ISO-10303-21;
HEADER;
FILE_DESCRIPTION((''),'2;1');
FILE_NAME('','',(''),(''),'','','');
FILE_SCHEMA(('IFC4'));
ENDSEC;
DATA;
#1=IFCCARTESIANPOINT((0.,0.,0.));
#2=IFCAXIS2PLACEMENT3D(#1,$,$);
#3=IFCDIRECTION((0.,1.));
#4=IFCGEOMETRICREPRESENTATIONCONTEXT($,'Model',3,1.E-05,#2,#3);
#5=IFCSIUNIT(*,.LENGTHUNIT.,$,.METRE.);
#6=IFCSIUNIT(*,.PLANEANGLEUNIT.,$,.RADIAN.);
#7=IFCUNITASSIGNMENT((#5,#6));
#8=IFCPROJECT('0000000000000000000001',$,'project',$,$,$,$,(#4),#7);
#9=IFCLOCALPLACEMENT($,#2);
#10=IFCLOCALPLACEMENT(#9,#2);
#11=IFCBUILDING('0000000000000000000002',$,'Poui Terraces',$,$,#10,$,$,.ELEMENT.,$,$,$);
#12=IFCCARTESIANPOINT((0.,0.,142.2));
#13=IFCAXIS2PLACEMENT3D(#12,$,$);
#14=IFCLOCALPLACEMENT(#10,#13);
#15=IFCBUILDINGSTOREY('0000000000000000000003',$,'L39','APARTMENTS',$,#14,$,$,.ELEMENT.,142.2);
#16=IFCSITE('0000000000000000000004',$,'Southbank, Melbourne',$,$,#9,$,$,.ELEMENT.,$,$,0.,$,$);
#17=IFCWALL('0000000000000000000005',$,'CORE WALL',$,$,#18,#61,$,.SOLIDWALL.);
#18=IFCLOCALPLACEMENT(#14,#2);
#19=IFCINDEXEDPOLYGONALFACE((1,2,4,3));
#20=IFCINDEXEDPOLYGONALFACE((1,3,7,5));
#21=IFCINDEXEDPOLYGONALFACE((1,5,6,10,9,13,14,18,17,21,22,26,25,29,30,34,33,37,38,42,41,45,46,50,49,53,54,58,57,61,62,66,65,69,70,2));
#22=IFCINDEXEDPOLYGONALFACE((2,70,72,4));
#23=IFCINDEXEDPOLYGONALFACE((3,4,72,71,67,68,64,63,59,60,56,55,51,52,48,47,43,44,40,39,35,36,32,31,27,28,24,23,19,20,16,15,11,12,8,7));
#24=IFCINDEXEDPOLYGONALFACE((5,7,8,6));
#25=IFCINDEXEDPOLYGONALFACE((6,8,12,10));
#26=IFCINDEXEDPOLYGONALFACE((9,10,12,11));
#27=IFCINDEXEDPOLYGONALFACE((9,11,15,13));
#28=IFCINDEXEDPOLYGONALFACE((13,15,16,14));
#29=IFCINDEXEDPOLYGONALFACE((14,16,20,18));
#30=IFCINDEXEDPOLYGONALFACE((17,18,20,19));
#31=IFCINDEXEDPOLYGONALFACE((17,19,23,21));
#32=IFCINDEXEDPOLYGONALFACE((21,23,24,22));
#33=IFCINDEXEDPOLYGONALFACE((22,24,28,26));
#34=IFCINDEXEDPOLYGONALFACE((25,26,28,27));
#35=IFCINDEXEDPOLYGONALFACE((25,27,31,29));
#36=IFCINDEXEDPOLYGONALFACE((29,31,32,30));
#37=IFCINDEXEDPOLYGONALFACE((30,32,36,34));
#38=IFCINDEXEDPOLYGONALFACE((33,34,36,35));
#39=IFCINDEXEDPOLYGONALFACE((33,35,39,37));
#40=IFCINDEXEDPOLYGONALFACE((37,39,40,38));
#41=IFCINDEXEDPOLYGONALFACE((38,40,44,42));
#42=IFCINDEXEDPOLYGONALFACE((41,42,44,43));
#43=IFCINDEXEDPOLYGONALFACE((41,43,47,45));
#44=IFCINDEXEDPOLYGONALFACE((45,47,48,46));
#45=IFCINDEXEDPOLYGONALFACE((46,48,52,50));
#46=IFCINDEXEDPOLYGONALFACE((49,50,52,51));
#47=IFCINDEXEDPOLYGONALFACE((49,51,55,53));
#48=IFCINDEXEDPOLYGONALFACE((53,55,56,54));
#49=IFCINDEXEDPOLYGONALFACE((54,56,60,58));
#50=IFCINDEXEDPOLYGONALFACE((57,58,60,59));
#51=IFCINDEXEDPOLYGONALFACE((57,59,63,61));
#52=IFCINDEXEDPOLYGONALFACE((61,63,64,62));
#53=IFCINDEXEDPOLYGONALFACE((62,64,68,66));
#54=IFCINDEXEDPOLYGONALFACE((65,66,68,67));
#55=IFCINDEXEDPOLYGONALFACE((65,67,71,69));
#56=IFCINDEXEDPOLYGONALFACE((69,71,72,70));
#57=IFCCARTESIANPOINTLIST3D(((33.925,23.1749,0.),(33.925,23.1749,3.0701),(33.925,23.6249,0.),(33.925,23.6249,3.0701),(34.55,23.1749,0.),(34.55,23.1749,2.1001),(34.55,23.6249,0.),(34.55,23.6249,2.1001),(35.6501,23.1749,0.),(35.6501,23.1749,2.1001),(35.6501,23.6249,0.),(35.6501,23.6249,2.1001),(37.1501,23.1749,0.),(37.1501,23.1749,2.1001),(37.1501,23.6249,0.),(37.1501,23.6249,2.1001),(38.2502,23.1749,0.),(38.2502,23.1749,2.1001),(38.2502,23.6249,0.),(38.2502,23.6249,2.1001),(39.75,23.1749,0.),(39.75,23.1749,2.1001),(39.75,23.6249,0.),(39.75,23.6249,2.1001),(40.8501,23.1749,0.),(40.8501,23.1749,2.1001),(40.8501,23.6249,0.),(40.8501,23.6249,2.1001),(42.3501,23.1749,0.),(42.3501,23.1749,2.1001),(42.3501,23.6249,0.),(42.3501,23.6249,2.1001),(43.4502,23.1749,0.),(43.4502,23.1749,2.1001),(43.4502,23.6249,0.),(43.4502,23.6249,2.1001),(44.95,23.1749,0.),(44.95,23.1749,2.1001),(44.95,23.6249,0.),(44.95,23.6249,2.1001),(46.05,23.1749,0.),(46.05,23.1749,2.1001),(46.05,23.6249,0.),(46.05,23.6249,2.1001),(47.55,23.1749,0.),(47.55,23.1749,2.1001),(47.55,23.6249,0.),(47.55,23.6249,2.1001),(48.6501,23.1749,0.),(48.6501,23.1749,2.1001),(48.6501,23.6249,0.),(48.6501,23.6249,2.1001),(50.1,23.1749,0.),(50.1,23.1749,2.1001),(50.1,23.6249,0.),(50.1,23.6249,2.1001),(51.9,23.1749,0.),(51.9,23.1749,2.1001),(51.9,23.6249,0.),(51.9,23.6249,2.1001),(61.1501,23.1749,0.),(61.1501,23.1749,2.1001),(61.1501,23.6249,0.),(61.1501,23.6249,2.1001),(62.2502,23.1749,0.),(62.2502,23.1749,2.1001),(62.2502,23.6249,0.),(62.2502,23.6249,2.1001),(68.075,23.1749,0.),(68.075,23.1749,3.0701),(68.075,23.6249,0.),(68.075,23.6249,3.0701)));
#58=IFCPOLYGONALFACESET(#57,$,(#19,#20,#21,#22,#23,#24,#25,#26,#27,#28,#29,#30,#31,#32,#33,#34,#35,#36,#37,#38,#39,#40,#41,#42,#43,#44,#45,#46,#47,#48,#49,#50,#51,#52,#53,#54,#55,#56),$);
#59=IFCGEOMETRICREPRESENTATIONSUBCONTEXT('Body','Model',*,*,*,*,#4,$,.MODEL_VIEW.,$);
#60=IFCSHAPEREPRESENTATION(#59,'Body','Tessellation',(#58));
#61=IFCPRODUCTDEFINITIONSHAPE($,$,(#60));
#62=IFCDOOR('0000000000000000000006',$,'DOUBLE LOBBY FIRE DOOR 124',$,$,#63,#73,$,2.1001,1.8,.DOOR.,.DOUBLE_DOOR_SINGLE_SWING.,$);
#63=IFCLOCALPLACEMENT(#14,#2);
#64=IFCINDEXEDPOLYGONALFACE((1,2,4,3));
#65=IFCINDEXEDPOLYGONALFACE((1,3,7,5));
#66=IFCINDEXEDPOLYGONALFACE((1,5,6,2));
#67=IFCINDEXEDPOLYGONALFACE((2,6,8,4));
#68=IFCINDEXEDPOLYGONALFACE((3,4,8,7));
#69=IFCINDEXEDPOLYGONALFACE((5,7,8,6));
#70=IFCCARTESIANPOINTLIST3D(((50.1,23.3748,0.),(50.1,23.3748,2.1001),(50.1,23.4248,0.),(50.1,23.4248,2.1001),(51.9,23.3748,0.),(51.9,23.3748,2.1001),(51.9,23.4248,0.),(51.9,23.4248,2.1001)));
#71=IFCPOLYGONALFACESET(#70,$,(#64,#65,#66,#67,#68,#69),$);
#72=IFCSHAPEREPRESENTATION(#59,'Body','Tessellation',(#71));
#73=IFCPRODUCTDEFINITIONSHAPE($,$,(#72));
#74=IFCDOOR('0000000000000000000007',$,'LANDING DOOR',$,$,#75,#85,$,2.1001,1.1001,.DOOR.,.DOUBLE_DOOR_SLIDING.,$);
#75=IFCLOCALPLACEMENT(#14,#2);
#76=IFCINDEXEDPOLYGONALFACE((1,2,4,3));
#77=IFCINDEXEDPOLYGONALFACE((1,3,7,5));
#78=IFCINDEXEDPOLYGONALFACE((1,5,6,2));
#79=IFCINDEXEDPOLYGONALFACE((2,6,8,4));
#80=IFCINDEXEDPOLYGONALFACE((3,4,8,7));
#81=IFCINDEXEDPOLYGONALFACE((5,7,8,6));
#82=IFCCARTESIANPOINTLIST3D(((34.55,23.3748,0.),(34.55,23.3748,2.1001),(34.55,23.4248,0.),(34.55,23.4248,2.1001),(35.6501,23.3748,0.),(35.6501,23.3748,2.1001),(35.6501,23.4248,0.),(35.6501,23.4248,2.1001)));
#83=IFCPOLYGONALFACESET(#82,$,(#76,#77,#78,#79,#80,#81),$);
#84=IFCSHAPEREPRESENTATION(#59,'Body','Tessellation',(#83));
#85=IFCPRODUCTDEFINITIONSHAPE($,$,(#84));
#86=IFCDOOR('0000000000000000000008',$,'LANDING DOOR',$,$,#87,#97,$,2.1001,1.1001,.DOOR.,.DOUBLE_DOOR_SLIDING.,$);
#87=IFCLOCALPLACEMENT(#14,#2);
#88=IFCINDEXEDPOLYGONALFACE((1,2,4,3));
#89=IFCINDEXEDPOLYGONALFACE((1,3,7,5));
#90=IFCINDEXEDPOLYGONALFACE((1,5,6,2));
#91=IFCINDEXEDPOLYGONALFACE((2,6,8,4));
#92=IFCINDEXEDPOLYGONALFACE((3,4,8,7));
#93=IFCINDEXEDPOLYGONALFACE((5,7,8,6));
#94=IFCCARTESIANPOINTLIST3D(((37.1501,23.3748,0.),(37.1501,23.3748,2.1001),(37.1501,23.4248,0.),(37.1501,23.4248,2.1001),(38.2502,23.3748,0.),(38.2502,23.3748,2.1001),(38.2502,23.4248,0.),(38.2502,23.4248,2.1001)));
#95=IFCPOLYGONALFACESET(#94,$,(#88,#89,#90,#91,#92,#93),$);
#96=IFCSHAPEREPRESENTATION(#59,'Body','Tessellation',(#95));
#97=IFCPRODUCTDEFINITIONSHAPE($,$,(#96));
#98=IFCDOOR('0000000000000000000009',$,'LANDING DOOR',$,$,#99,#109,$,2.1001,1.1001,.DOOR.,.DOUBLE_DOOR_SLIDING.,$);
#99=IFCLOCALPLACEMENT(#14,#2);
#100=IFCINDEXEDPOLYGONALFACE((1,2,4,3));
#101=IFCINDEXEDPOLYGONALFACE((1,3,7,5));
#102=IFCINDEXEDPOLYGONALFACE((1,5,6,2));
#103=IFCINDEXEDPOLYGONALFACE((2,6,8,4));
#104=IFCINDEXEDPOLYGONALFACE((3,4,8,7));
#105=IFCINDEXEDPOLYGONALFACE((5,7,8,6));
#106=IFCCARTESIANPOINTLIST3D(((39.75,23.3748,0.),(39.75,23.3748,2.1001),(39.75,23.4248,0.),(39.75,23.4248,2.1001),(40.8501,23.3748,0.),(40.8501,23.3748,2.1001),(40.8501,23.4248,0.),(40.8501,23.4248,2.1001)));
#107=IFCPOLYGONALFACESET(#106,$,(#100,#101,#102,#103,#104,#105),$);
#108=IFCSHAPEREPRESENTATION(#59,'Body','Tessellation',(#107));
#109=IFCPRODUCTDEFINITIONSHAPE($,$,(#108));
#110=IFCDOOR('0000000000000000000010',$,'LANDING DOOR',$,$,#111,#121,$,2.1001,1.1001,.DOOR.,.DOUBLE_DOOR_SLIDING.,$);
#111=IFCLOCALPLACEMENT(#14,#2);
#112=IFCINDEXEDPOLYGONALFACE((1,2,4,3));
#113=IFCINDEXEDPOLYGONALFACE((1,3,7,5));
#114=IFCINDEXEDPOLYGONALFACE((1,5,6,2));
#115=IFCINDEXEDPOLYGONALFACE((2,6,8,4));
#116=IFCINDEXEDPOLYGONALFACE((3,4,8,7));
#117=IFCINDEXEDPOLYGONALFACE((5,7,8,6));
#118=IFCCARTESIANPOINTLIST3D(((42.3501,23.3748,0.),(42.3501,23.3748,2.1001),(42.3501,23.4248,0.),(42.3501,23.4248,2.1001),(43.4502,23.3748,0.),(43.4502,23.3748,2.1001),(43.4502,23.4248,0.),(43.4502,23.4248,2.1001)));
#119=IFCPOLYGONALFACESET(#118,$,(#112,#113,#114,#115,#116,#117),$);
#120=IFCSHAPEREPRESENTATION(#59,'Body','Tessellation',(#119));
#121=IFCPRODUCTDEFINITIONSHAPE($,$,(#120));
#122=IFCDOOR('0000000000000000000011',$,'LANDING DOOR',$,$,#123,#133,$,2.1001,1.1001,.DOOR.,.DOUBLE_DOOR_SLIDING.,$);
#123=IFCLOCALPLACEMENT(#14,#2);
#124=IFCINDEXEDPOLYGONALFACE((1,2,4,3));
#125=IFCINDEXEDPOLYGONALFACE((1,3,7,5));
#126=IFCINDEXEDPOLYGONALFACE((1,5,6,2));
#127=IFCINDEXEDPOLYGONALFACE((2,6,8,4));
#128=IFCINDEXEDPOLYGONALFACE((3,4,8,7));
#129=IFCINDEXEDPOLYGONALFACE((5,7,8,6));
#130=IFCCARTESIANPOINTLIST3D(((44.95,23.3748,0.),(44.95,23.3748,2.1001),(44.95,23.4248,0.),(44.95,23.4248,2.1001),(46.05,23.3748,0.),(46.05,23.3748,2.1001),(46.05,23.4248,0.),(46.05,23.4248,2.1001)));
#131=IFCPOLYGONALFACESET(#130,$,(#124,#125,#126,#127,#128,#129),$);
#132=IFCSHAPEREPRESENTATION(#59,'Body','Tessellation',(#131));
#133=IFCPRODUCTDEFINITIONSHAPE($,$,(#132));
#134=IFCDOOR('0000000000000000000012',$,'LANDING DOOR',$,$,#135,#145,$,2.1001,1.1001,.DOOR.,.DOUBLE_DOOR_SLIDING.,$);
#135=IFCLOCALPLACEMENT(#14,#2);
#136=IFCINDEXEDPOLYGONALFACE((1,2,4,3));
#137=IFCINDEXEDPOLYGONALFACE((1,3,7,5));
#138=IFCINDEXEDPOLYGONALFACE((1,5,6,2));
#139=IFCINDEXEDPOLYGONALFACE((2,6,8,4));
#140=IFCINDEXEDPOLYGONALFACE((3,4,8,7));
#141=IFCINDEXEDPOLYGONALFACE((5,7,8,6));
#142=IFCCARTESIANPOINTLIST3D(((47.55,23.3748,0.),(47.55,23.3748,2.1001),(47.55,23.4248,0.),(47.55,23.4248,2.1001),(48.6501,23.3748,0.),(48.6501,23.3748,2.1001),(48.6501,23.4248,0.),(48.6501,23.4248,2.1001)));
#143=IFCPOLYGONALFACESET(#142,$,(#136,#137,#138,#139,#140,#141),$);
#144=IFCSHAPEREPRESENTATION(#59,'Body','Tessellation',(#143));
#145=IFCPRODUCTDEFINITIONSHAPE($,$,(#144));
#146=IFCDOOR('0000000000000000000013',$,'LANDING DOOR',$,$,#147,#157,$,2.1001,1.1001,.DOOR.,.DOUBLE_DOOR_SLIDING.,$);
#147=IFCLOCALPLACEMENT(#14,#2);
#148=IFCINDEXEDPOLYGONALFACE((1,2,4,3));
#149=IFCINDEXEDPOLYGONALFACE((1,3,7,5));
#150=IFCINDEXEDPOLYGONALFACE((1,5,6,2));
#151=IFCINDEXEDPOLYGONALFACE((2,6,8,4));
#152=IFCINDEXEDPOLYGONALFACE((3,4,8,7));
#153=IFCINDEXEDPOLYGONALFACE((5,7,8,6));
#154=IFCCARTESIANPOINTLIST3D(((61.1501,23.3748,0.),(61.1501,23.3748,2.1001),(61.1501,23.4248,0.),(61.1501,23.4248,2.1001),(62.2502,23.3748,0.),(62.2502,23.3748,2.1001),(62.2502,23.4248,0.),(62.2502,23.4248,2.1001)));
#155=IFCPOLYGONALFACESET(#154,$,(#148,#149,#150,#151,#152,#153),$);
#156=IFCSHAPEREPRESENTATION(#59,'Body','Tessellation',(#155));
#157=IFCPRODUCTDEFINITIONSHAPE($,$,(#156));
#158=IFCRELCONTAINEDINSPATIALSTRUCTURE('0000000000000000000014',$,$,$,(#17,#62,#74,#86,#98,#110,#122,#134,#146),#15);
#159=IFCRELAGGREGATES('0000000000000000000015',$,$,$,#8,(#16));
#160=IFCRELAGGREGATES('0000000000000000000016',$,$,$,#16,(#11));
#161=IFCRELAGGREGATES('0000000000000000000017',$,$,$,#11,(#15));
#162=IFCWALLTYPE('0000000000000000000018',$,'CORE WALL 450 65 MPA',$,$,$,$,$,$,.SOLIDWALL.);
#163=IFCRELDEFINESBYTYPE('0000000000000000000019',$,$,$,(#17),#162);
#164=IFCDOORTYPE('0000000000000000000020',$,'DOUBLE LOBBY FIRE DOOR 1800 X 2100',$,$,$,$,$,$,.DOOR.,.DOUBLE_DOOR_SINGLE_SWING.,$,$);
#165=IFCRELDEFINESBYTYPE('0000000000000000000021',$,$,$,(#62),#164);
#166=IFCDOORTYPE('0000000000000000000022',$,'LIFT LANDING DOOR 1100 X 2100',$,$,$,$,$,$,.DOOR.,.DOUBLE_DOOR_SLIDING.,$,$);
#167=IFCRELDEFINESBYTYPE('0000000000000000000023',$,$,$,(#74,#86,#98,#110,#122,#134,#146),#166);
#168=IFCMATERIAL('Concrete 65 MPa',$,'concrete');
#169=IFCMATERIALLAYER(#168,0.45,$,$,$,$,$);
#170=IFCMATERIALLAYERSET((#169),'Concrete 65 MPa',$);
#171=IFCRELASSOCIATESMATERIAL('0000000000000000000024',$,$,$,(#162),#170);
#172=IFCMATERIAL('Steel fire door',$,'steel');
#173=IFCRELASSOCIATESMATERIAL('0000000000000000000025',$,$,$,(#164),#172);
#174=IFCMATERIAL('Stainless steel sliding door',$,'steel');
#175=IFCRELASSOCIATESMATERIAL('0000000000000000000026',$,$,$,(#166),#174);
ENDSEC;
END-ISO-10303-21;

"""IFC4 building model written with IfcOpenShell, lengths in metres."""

from ifc_helpers import new_model, si_unit, direction, frame, frame_2d, origin, place, context, subcontext, project, spatial, rectangle, extrude, material, layer, layer_set, type_object, element, fill, save


model = new_model("IFC4")

# Units and contexts
model_context = context("Model", 3, precision=1e-05, world=origin(), true_north=direction((0.0, 1.0)))
body_context = subcontext(model_context, "Body", "Model", "MODEL_VIEW")
ifc_project = project(units=[si_unit("LENGTHUNIT", "METRE"), si_unit("PLANEANGLEUNIT", "RADIAN")], contexts=[model_context])

# Site, building, storey
site_placement = place(None, origin())
site = spatial("IfcSite", under=ifc_project, at=site_placement, Name="Southbank, Melbourne", CompositionType="ELEMENT", RefElevation=0.0)
building_placement = place(site_placement, origin())
building = spatial("IfcBuilding", under=site, at=building_placement, Name="Poui Terraces", CompositionType="ELEMENT")
storey_placement = place(building_placement, frame((0.0, 0.0, 142.2)))
storey = spatial("IfcBuildingStorey", under=building, at=storey_placement, Name="L39", Description="APARTMENTS", CompositionType="ELEMENT", Elevation=142.2)

# Shared definitions
ifc_material_1 = material(Name="Concrete 65 MPa", Category="concrete")

# Wall, openings, doors
ifc_layer_1 = layer(ifc_material_1, 0.45)
ifc_layer_set_1 = layer_set([ifc_layer_1], Name="Concrete 65 MPa")
wall_type_1 = type_object("IfcWallType", Name="CORE WALL 450 65 MPA", PredefinedType="SOLIDWALL", material=ifc_layer_set_1)
wall_1_placement = place(storey_placement, frame((33.925, 23.3999, 0.0), z_axis=(0.0, 0.0, 1.0), x_axis=(1.0, 0.0, 0.0)))
wall_1 = element("IfcWall", 1, at=wall_1_placement, inside=storey, type_object=wall_type_1, Name="CORE WALL", PredefinedType="SOLIDWALL", context=body_context, shape_type="SweptSolid", body=[
    extrude(rectangle(XDim=34.1499, YDim=0.45, at=frame_2d((17.075, 0.0))), origin(), (0.0, 0.0, 1.0), 3.0701),
])
opening_1_placement = place(wall_1_placement, frame((16.175, 0.0, 0.0)))
opening_1 = element("IfcOpeningElement", 2, at=opening_1_placement, cuts=wall_1, PredefinedType="OPENING", context=body_context, shape_type="SweptSolid", body=[
    extrude(rectangle(XDim=1.8, YDim=2.1001, at=frame_2d((0.8999, 1.05))), frame((0.0, 0.2349, 0.0), z_axis=(0.0, -1.0, 0.0), x_axis=(1.0, 0.0, 0.0)), (0.0, 0.0, 1.0), 0.47),
])
opening_2_placement = place(wall_1_placement, frame((0.625, 0.0, 0.0)))
opening_2 = element("IfcOpeningElement", 3, at=opening_2_placement, cuts=wall_1, PredefinedType="OPENING", context=body_context, shape_type="SweptSolid", body=[
    extrude(rectangle(XDim=1.1001, YDim=2.1001, at=frame_2d((0.55, 1.05))), frame((0.0, 0.2349, 0.0), z_axis=(0.0, -1.0, 0.0), x_axis=(1.0, 0.0, 0.0)), (0.0, 0.0, 1.0), 0.47),
])
opening_3_placement = place(wall_1_placement, frame((3.2251, 0.0, 0.0)))
opening_3 = element("IfcOpeningElement", 4, at=opening_3_placement, cuts=wall_1, PredefinedType="OPENING", context=body_context, shape_type="SweptSolid", body=[
    extrude(rectangle(XDim=1.1001, YDim=2.1001, at=frame_2d((0.55, 1.05))), frame((0.0, 0.2349, 0.0), z_axis=(0.0, -1.0, 0.0), x_axis=(1.0, 0.0, 0.0)), (0.0, 0.0, 1.0), 0.47),
])
opening_4_placement = place(wall_1_placement, frame((5.825, 0.0, 0.0)))
opening_4 = element("IfcOpeningElement", 5, at=opening_4_placement, cuts=wall_1, PredefinedType="OPENING", context=body_context, shape_type="SweptSolid", body=[
    extrude(rectangle(XDim=1.1001, YDim=2.1001, at=frame_2d((0.55, 1.05))), frame((0.0, 0.2349, 0.0), z_axis=(0.0, -1.0, 0.0), x_axis=(1.0, 0.0, 0.0)), (0.0, 0.0, 1.0), 0.47),
])
opening_5_placement = place(wall_1_placement, frame((8.425, 0.0, 0.0)))
opening_5 = element("IfcOpeningElement", 6, at=opening_5_placement, cuts=wall_1, PredefinedType="OPENING", context=body_context, shape_type="SweptSolid", body=[
    extrude(rectangle(XDim=1.1001, YDim=2.1001, at=frame_2d((0.55, 1.05))), frame((0.0, 0.2349, 0.0), z_axis=(0.0, -1.0, 0.0), x_axis=(1.0, 0.0, 0.0)), (0.0, 0.0, 1.0), 0.47),
])
opening_6_placement = place(wall_1_placement, frame((11.0249, 0.0, 0.0)))
opening_6 = element("IfcOpeningElement", 7, at=opening_6_placement, cuts=wall_1, PredefinedType="OPENING", context=body_context, shape_type="SweptSolid", body=[
    extrude(rectangle(XDim=1.1001, YDim=2.1001, at=frame_2d((0.55, 1.05))), frame((0.0, 0.2349, 0.0), z_axis=(0.0, -1.0, 0.0), x_axis=(1.0, 0.0, 0.0)), (0.0, 0.0, 1.0), 0.47),
])
opening_7_placement = place(wall_1_placement, frame((13.625, 0.0, 0.0)))
opening_7 = element("IfcOpeningElement", 8, at=opening_7_placement, cuts=wall_1, PredefinedType="OPENING", context=body_context, shape_type="SweptSolid", body=[
    extrude(rectangle(XDim=1.1001, YDim=2.1001, at=frame_2d((0.55, 1.05))), frame((0.0, 0.2349, 0.0), z_axis=(0.0, -1.0, 0.0), x_axis=(1.0, 0.0, 0.0)), (0.0, 0.0, 1.0), 0.47),
])
opening_8_placement = place(wall_1_placement, frame((27.2251, 0.0, 0.0)))
opening_8 = element("IfcOpeningElement", 9, at=opening_8_placement, cuts=wall_1, PredefinedType="OPENING", context=body_context, shape_type="SweptSolid", body=[
    extrude(rectangle(XDim=1.1001, YDim=2.1001, at=frame_2d((0.55, 1.05))), frame((0.0, 0.2349, 0.0), z_axis=(0.0, -1.0, 0.0), x_axis=(1.0, 0.0, 0.0)), (0.0, 0.0, 1.0), 0.47),
])
ifc_material_2 = material(Name="Steel fire door", Category="steel")
door_type_1 = type_object("IfcDoorType", Name="DOUBLE LOBBY FIRE DOOR 1800 X 2100", OperationType="DOUBLE_DOOR_SINGLE_SWING", PredefinedType="DOOR", material=ifc_material_2)
door_1_placement = place(opening_1_placement, origin())
door_1 = element("IfcDoor", 10, at=door_1_placement, inside=storey, type_object=door_type_1, Name="DOUBLE LOBBY FIRE DOOR 124", OperationType="DOUBLE_DOOR_SINGLE_SWING", OverallHeight=2.1001, OverallWidth=1.8, PredefinedType="DOOR", context=body_context, shape_type="SweptSolid", body=[
    extrude(rectangle(XDim=1.8, YDim=2.1001, at=frame_2d((0.8999, 1.05))), frame((0.0, 0.0249, 0.0), z_axis=(0.0, -1.0, 0.0), x_axis=(1.0, 0.0, 0.0)), (0.0, 0.0, 1.0), 0.05),
])
fill(opening_1, door_1)
ifc_material_3 = material(Name="Stainless steel sliding door", Category="steel")
door_type_2 = type_object("IfcDoorType", Name="LIFT LANDING DOOR 1100 X 2100", OperationType="DOUBLE_DOOR_SLIDING", PredefinedType="DOOR", material=ifc_material_3)
door_2_placement = place(opening_2_placement, origin())
door_2 = element("IfcDoor", 11, at=door_2_placement, inside=storey, type_object=door_type_2, Name="LANDING DOOR", OperationType="DOUBLE_DOOR_SLIDING", OverallHeight=2.1001, OverallWidth=1.1001, PredefinedType="DOOR", context=body_context, shape_type="SweptSolid", body=[
    extrude(rectangle(XDim=1.1001, YDim=2.1001, at=frame_2d((0.55, 1.05))), frame((0.0, 0.0249, 0.0), z_axis=(0.0, -1.0, 0.0), x_axis=(1.0, 0.0, 0.0)), (0.0, 0.0, 1.0), 0.05),
])
fill(opening_2, door_2)
door_3_placement = place(opening_3_placement, origin())
door_3 = element("IfcDoor", 12, at=door_3_placement, inside=storey, type_object=door_type_2, Name="LANDING DOOR", OperationType="DOUBLE_DOOR_SLIDING", OverallHeight=2.1001, OverallWidth=1.1001, PredefinedType="DOOR", context=body_context, shape_type="SweptSolid", body=[
    extrude(rectangle(XDim=1.1001, YDim=2.1001, at=frame_2d((0.55, 1.05))), frame((0.0, 0.0249, 0.0), z_axis=(0.0, -1.0, 0.0), x_axis=(1.0, 0.0, 0.0)), (0.0, 0.0, 1.0), 0.05),
])
fill(opening_3, door_3)
door_4_placement = place(opening_4_placement, origin())
door_4 = element("IfcDoor", 13, at=door_4_placement, inside=storey, type_object=door_type_2, Name="LANDING DOOR", OperationType="DOUBLE_DOOR_SLIDING", OverallHeight=2.1001, OverallWidth=1.1001, PredefinedType="DOOR", context=body_context, shape_type="SweptSolid", body=[
    extrude(rectangle(XDim=1.1001, YDim=2.1001, at=frame_2d((0.55, 1.05))), frame((0.0, 0.0249, 0.0), z_axis=(0.0, -1.0, 0.0), x_axis=(1.0, 0.0, 0.0)), (0.0, 0.0, 1.0), 0.05),
])
fill(opening_4, door_4)
door_5_placement = place(opening_5_placement, origin())
door_5 = element("IfcDoor", 14, at=door_5_placement, inside=storey, type_object=door_type_2, Name="LANDING DOOR", OperationType="DOUBLE_DOOR_SLIDING", OverallHeight=2.1001, OverallWidth=1.1001, PredefinedType="DOOR", context=body_context, shape_type="SweptSolid", body=[
    extrude(rectangle(XDim=1.1001, YDim=2.1001, at=frame_2d((0.55, 1.05))), frame((0.0, 0.0249, 0.0), z_axis=(0.0, -1.0, 0.0), x_axis=(1.0, 0.0, 0.0)), (0.0, 0.0, 1.0), 0.05),
])
fill(opening_5, door_5)
door_6_placement = place(opening_6_placement, origin())
door_6 = element("IfcDoor", 15, at=door_6_placement, inside=storey, type_object=door_type_2, Name="LANDING DOOR", OperationType="DOUBLE_DOOR_SLIDING", OverallHeight=2.1001, OverallWidth=1.1001, PredefinedType="DOOR", context=body_context, shape_type="SweptSolid", body=[
    extrude(rectangle(XDim=1.1001, YDim=2.1001, at=frame_2d((0.55, 1.05))), frame((0.0, 0.0249, 0.0), z_axis=(0.0, -1.0, 0.0), x_axis=(1.0, 0.0, 0.0)), (0.0, 0.0, 1.0), 0.05),
])
fill(opening_6, door_6)
door_7_placement = place(opening_7_placement, origin())
door_7 = element("IfcDoor", 16, at=door_7_placement, inside=storey, type_object=door_type_2, Name="LANDING DOOR", OperationType="DOUBLE_DOOR_SLIDING", OverallHeight=2.1001, OverallWidth=1.1001, PredefinedType="DOOR", context=body_context, shape_type="SweptSolid", body=[
    extrude(rectangle(XDim=1.1001, YDim=2.1001, at=frame_2d((0.55, 1.05))), frame((0.0, 0.0249, 0.0), z_axis=(0.0, -1.0, 0.0), x_axis=(1.0, 0.0, 0.0)), (0.0, 0.0, 1.0), 0.05),
])
fill(opening_7, door_7)
door_8_placement = place(opening_8_placement, origin())
door_8 = element("IfcDoor", 17, at=door_8_placement, inside=storey, type_object=door_type_2, Name="LANDING DOOR", OperationType="DOUBLE_DOOR_SLIDING", OverallHeight=2.1001, OverallWidth=1.1001, PredefinedType="DOOR", context=body_context, shape_type="SweptSolid", body=[
    extrude(rectangle(XDim=1.1001, YDim=2.1001, at=frame_2d((0.55, 1.05))), frame((0.0, 0.0249, 0.0), z_axis=(0.0, -1.0, 0.0), x_axis=(1.0, 0.0, 0.0)), (0.0, 0.0, 1.0), 0.05),
])
fill(opening_8, door_8)

save(model, "model.ifc")
